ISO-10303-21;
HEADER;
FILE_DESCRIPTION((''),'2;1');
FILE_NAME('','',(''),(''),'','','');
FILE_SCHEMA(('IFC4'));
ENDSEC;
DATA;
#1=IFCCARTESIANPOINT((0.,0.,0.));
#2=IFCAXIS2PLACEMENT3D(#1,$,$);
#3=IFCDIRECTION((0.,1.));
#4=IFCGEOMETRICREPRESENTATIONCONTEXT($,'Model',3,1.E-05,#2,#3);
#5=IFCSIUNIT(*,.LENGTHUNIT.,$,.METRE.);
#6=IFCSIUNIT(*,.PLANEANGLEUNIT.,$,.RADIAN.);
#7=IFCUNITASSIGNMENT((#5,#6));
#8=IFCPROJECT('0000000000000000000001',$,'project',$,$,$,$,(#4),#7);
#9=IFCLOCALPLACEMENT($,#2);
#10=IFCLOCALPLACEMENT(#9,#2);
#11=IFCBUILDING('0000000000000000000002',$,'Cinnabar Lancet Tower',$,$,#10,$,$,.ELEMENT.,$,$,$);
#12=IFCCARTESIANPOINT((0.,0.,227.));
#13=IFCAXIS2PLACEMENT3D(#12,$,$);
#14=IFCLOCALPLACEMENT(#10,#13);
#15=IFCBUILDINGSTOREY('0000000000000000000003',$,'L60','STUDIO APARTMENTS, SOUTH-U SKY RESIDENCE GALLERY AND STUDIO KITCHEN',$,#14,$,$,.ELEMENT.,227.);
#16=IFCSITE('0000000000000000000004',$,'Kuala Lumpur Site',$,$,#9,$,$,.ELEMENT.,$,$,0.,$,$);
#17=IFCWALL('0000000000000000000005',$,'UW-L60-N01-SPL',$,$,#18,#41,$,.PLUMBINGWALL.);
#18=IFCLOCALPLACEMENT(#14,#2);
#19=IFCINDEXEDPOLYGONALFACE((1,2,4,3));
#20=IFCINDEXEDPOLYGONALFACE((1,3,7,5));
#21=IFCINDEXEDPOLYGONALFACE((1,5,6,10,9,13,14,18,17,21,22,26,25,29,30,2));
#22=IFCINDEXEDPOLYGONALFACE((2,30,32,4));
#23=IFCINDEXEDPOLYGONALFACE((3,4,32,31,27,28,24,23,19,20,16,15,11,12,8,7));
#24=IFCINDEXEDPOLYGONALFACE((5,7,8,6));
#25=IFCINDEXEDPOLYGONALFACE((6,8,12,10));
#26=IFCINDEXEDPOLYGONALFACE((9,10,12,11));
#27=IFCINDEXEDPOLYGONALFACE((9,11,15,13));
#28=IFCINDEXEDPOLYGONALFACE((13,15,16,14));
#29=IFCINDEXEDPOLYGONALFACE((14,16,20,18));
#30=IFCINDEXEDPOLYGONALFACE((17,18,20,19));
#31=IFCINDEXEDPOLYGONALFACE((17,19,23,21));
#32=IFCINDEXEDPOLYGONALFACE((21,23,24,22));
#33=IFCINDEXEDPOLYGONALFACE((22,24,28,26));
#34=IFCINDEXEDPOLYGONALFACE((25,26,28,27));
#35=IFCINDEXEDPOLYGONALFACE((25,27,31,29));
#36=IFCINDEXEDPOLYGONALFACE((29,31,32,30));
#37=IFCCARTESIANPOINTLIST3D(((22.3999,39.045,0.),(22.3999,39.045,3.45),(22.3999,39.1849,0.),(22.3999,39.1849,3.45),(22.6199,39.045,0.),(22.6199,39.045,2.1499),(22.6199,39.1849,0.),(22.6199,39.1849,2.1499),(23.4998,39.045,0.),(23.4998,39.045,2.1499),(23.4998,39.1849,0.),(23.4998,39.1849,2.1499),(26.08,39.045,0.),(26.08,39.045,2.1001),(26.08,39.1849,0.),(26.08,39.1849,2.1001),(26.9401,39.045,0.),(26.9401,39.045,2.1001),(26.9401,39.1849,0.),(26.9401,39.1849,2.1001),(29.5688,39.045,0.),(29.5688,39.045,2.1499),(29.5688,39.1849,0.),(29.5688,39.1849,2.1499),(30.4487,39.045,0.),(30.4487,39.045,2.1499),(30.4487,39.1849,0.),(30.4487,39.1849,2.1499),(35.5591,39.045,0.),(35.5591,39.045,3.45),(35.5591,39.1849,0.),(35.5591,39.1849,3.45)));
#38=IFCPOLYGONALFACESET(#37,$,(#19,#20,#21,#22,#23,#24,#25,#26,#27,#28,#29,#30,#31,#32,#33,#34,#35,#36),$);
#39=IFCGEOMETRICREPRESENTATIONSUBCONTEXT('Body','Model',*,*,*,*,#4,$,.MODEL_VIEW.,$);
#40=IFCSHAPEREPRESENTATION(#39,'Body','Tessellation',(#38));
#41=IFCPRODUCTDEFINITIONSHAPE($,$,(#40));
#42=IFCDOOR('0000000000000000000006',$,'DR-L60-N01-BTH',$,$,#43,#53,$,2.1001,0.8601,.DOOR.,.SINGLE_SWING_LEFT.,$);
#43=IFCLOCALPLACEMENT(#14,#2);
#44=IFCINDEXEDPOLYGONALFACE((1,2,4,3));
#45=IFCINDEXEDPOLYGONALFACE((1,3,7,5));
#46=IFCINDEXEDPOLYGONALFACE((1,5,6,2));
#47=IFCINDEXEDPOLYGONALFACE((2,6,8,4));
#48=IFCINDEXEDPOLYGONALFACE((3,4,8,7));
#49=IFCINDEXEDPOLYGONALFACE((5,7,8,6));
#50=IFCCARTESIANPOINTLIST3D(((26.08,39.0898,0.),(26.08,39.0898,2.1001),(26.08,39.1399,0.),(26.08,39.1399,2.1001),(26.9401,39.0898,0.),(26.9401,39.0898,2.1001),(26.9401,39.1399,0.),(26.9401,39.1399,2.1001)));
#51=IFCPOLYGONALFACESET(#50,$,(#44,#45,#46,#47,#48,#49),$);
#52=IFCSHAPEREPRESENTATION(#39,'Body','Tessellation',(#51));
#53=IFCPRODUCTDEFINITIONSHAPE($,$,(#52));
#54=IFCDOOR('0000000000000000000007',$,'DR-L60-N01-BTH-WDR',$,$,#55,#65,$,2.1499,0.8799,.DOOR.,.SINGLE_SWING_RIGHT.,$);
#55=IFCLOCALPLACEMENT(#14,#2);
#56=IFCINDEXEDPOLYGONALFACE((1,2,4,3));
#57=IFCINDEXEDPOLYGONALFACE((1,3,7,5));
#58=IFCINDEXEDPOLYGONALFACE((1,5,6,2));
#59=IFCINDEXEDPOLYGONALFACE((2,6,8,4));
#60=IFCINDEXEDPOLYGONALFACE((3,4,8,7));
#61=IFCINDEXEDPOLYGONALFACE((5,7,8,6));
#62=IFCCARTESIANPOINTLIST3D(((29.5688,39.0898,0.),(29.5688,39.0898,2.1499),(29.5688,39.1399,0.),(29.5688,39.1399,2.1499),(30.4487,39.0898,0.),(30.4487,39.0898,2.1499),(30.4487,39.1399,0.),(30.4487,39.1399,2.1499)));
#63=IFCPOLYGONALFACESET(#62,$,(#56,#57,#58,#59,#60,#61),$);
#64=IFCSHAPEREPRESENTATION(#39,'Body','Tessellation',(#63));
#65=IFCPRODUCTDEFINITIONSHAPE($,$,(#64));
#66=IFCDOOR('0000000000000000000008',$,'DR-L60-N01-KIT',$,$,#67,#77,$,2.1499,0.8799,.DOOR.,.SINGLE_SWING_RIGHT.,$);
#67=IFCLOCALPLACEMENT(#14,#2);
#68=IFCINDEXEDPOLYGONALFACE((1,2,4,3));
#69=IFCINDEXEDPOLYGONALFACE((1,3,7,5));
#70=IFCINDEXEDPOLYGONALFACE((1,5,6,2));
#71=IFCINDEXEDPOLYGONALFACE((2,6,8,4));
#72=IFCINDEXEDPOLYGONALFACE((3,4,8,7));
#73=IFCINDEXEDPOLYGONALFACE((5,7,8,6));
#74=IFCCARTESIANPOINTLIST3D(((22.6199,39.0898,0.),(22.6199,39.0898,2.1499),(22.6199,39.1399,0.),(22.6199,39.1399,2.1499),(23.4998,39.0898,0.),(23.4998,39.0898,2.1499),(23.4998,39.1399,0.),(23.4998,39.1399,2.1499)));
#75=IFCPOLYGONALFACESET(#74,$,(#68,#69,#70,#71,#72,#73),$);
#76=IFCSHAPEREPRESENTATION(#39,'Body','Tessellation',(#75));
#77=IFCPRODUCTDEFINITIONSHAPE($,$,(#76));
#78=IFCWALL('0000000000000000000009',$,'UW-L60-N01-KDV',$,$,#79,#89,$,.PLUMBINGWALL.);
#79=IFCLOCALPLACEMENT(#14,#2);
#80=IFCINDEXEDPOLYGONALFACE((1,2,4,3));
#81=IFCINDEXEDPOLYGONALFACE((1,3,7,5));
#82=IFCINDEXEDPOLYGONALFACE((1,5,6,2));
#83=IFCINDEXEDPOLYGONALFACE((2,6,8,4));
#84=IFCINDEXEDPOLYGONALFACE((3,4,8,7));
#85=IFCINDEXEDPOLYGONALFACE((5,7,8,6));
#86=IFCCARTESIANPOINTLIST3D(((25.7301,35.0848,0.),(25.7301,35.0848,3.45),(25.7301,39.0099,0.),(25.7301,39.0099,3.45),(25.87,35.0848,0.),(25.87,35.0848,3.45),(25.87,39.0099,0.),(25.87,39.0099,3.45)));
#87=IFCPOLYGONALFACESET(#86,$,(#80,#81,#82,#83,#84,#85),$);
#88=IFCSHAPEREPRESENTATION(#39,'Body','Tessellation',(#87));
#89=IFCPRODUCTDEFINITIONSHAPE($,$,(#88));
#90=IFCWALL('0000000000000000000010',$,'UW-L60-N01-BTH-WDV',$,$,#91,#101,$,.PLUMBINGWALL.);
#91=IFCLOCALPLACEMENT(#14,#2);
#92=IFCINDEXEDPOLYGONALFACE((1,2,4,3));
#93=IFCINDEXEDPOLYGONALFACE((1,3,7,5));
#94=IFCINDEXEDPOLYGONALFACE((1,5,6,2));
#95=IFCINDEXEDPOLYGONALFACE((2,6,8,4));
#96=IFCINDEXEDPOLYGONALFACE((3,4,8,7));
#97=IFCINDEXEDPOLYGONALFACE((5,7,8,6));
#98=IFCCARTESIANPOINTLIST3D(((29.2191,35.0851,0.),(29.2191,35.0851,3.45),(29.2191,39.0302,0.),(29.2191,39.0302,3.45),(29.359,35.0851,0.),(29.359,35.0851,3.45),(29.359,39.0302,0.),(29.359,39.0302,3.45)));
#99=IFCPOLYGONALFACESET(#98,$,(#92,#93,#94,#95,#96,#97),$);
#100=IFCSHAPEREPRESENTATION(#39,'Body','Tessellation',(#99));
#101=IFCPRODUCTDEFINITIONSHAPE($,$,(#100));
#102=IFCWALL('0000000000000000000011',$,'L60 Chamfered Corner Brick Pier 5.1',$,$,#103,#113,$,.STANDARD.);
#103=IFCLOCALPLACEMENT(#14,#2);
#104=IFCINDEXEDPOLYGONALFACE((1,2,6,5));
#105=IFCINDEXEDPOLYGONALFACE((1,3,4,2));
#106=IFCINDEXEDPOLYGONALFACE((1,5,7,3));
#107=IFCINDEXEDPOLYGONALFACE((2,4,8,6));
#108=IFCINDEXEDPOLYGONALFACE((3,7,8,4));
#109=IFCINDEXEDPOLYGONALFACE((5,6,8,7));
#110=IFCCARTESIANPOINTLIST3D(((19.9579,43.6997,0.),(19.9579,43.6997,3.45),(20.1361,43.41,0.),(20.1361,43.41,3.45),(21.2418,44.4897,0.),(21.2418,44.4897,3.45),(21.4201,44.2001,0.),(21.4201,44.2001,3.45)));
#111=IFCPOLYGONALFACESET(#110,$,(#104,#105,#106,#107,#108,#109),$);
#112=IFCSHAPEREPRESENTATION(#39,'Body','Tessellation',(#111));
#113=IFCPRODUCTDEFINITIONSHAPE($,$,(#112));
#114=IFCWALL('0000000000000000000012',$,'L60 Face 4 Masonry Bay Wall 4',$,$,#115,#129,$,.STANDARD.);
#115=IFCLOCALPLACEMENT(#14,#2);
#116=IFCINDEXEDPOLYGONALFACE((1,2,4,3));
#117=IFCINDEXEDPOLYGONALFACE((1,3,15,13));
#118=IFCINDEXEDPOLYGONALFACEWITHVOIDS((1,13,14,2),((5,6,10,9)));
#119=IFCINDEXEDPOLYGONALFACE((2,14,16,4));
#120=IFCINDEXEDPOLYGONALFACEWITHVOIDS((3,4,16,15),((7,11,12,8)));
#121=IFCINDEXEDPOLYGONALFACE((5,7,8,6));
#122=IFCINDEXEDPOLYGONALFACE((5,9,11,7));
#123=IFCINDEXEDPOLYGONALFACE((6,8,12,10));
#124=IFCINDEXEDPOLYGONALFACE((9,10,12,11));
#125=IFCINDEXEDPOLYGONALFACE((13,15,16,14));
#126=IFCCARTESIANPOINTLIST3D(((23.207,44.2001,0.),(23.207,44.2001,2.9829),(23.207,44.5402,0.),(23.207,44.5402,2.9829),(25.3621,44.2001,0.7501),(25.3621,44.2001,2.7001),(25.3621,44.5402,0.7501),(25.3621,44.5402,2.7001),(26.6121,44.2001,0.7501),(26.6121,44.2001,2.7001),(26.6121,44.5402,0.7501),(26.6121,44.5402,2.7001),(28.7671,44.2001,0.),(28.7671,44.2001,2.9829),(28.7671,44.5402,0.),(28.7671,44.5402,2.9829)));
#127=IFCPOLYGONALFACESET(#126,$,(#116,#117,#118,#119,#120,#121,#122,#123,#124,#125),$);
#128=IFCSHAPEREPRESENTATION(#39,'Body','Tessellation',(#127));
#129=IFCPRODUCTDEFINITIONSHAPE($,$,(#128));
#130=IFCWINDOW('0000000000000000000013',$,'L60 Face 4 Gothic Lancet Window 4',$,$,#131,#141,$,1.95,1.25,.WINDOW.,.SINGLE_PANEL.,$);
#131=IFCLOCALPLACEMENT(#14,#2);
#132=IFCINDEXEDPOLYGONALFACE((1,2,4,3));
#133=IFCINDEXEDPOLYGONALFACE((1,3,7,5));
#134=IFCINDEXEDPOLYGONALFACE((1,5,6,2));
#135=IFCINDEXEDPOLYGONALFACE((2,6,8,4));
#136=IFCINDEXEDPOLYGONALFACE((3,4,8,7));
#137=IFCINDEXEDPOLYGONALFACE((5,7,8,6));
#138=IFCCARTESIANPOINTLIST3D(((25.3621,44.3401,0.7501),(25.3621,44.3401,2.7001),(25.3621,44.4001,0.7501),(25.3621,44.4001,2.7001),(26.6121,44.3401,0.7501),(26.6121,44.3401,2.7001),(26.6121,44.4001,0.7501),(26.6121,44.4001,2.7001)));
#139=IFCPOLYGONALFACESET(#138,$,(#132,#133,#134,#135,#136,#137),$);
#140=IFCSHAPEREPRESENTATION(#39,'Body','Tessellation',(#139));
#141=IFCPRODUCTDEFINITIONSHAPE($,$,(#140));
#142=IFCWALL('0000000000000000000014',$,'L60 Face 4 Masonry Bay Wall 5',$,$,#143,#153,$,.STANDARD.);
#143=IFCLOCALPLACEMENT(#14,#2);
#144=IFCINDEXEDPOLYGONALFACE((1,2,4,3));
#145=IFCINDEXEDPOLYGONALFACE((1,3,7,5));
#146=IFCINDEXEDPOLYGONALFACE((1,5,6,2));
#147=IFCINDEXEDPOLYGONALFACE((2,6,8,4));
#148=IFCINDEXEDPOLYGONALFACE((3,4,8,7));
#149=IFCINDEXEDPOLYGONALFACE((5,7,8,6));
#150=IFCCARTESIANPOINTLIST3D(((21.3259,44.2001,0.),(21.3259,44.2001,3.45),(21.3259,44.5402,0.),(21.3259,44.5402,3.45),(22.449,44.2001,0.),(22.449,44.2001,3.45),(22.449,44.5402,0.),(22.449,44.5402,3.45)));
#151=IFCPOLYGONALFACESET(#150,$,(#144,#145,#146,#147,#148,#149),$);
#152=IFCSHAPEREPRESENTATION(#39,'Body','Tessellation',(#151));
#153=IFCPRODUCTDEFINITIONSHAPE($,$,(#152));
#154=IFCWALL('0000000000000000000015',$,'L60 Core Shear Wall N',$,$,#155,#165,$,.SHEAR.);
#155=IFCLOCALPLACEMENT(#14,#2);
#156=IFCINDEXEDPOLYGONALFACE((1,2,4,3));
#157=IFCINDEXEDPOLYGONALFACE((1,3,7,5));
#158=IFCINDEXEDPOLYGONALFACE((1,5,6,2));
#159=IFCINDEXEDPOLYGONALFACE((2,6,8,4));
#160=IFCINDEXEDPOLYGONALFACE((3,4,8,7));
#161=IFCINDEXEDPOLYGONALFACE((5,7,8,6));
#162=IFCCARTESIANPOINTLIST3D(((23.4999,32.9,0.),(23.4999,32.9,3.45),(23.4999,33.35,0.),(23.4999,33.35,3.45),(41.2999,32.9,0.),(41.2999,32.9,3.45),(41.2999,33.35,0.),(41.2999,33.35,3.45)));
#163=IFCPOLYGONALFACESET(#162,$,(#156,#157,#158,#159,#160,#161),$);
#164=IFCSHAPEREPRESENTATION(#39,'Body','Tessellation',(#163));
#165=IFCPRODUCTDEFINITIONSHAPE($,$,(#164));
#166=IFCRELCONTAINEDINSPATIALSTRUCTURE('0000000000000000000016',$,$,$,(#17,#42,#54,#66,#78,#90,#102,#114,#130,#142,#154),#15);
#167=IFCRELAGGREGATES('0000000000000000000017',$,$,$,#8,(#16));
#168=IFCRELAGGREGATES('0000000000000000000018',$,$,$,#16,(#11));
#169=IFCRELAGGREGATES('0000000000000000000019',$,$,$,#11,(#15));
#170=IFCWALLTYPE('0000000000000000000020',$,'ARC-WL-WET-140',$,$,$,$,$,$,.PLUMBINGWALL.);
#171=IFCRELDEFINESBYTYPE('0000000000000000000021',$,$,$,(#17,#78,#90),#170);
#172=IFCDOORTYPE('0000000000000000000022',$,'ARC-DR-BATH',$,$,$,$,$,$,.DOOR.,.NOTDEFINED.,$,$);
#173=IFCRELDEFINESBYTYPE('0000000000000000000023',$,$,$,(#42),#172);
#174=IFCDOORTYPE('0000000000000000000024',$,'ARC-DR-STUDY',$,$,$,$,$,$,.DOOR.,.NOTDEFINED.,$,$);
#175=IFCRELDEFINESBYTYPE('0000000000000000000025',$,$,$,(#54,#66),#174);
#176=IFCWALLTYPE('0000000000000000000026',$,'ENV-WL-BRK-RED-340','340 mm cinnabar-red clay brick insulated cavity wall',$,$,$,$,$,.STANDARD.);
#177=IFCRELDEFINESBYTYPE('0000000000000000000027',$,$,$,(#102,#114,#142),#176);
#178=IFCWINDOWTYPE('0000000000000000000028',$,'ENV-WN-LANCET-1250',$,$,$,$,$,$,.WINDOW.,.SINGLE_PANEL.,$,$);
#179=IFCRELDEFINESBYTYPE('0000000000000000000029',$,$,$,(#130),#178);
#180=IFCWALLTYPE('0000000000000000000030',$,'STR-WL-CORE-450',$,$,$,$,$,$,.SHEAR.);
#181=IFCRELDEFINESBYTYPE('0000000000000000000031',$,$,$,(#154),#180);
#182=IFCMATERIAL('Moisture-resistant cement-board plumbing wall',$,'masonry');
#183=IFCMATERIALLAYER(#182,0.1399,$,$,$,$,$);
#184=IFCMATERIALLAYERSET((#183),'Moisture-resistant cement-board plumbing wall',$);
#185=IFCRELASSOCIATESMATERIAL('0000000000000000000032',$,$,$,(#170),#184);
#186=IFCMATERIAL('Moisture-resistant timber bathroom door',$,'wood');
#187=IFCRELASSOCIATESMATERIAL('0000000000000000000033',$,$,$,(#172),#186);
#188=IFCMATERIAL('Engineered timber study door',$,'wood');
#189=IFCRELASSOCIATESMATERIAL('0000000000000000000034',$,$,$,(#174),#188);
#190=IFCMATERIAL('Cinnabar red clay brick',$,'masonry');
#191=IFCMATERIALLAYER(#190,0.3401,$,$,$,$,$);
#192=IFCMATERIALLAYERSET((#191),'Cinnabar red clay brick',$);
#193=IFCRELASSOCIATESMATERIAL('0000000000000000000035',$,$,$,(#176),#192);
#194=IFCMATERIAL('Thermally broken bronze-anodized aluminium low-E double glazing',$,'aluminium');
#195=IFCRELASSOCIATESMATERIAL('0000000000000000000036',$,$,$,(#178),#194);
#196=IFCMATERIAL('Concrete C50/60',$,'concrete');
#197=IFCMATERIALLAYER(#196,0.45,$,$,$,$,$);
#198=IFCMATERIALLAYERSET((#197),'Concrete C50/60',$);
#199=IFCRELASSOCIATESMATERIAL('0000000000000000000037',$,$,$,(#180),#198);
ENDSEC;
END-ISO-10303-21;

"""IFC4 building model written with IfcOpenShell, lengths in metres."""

from ifc_helpers import new_model, si_unit, direction, frame, frame_2d, origin, place, context, subcontext, project, spatial, rectangle, extrude, material, layer, layer_set, type_object, element, fill, save


model = new_model("IFC4")

# Units and contexts
model_context = context("Model", 3, precision=1e-05, world=origin(), true_north=direction((0.0, 1.0)))
body_context = subcontext(model_context, "Body", "Model", "MODEL_VIEW")
ifc_project = project(units=[si_unit("LENGTHUNIT", "METRE"), si_unit("PLANEANGLEUNIT", "RADIAN")], contexts=[model_context])

# Site, building, storey
site_placement = place(None, origin())
site = spatial("IfcSite", under=ifc_project, at=site_placement, Name="Kuala Lumpur Site", CompositionType="ELEMENT", RefElevation=0.0)
building_placement = place(site_placement, origin())
building = spatial("IfcBuilding", under=site, at=building_placement, Name="Cinnabar Lancet Tower", CompositionType="ELEMENT")
storey_placement = place(building_placement, frame((0.0, 0.0, 227.0)))
storey = spatial("IfcBuildingStorey", under=building, at=storey_placement, Name="L60", Description="STUDIO APARTMENTS, SOUTH-U SKY RESIDENCE GALLERY AND STUDIO KITCHEN", CompositionType="ELEMENT", Elevation=227.0)

# Wall, openings, doors
ifc_material_1 = material(Name="Moisture-resistant cement-board plumbing wall", Category="masonry")
ifc_layer_1 = layer(ifc_material_1, 0.1399)
ifc_layer_set_1 = layer_set([ifc_layer_1], Name="Moisture-resistant cement-board plumbing wall")
wall_type_1 = type_object("IfcWallType", Name="ARC-WL-WET-140", PredefinedType="PLUMBINGWALL", material=ifc_layer_set_1)
wall_1_placement = place(storey_placement, frame((22.3999, 39.115, 0.0), z_axis=(0.0, 0.0, 1.0), x_axis=(1.0, 0.0, 0.0)))
wall_1 = element("IfcWall", 1, at=wall_1_placement, inside=storey, type_object=wall_type_1, Name="UW-L60-N01-SPL", PredefinedType="PLUMBINGWALL", context=body_context, shape_type="SweptSolid", body=[
    extrude(rectangle(XDim=13.1592, YDim=0.1399, at=frame_2d((6.5796, 0.0))), origin(), (0.0, 0.0, 1.0), 3.45),
])
opening_1_placement = place(wall_1_placement, frame((3.6799, 0.0, 0.0)))
opening_1 = element("IfcOpeningElement", 2, at=opening_1_placement, cuts=wall_1, PredefinedType="OPENING", context=body_context, shape_type="SweptSolid", body=[
    extrude(rectangle(XDim=0.8601, YDim=2.1001, at=frame_2d((0.4302, 1.05))), frame((0.0, 0.0798, 0.0), z_axis=(0.0, -1.0, 0.0), x_axis=(1.0, 0.0, 0.0)), (0.0, 0.0, 1.0), 0.1599),
])
opening_2_placement = place(wall_1_placement, frame((7.1689, 0.0, 0.0)))
opening_2 = element("IfcOpeningElement", 3, at=opening_2_placement, cuts=wall_1, PredefinedType="OPENING", context=body_context, shape_type="SweptSolid", body=[
    extrude(rectangle(XDim=0.8799, YDim=2.1499, at=frame_2d((0.4399, 1.075))), frame((0.0, 0.0798, 0.0), z_axis=(0.0, -1.0, 0.0), x_axis=(1.0, 0.0, 0.0)), (0.0, 0.0, 1.0), 0.1599),
])
opening_3_placement = place(wall_1_placement, frame((0.22, 0.0, 0.0)))
opening_3 = element("IfcOpeningElement", 4, at=opening_3_placement, cuts=wall_1, PredefinedType="OPENING", context=body_context, shape_type="SweptSolid", body=[
    extrude(rectangle(XDim=0.8799, YDim=2.1499, at=frame_2d((0.4399, 1.075))), frame((0.0, 0.0798, 0.0), z_axis=(0.0, -1.0, 0.0), x_axis=(1.0, 0.0, 0.0)), (0.0, 0.0, 1.0), 0.1599),
])
ifc_material_2 = material(Name="Moisture-resistant timber bathroom door", Category="wood")
door_type_1 = type_object("IfcDoorType", Name="ARC-DR-BATH", OperationType="NOTDEFINED", PredefinedType="DOOR", material=ifc_material_2)
door_1_placement = place(opening_1_placement, origin())
door_1 = element("IfcDoor", 5, at=door_1_placement, inside=storey, type_object=door_type_1, Name="DR-L60-N01-BTH", OperationType="SINGLE_SWING_LEFT", OverallHeight=2.1001, OverallWidth=0.8601, PredefinedType="DOOR", context=body_context, shape_type="SweptSolid", body=[
    extrude(rectangle(XDim=0.8601, YDim=2.1001, at=frame_2d((0.4302, 1.05))), frame((0.0, 0.0249, 0.0), z_axis=(0.0, -1.0, 0.0), x_axis=(1.0, 0.0, 0.0)), (0.0, 0.0, 1.0), 0.05),
])
fill(opening_1, door_1)
ifc_material_3 = material(Name="Engineered timber study door", Category="wood")
door_type_2 = type_object("IfcDoorType", Name="ARC-DR-STUDY", OperationType="NOTDEFINED", PredefinedType="DOOR", material=ifc_material_3)
door_2_placement = place(opening_2_placement, origin())
door_2 = element("IfcDoor", 6, at=door_2_placement, inside=storey, type_object=door_type_2, Name="DR-L60-N01-BTH-WDR", OperationType="SINGLE_SWING_RIGHT", OverallHeight=2.1499, OverallWidth=0.8799, PredefinedType="DOOR", context=body_context, shape_type="SweptSolid", body=[
    extrude(rectangle(XDim=0.8799, YDim=2.1499, at=frame_2d((0.4399, 1.075))), frame((0.0, 0.0249, 0.0), z_axis=(0.0, -1.0, 0.0), x_axis=(1.0, 0.0, 0.0)), (0.0, 0.0, 1.0), 0.05),
])
fill(opening_2, door_2)
door_3_placement = place(opening_3_placement, origin())
door_3 = element("IfcDoor", 7, at=door_3_placement, inside=storey, type_object=door_type_2, Name="DR-L60-N01-KIT", OperationType="SINGLE_SWING_RIGHT", OverallHeight=2.1499, OverallWidth=0.8799, PredefinedType="DOOR", context=body_context, shape_type="SweptSolid", body=[
    extrude(rectangle(XDim=0.8799, YDim=2.1499, at=frame_2d((0.4399, 1.075))), frame((0.0, 0.0249, 0.0), z_axis=(0.0, -1.0, 0.0), x_axis=(1.0, 0.0, 0.0)), (0.0, 0.0, 1.0), 0.05),
])
fill(opening_3, door_3)

# Walls
wall_2_placement = place(storey_placement, frame((25.8, 35.085, 0.0), z_axis=(0.0, 0.0, 1.0), x_axis=(0.0, 1.0, 0.0)))
element("IfcWall", 8, at=wall_2_placement, inside=storey, type_object=wall_type_1, Name="UW-L60-N01-KDV", PredefinedType="PLUMBINGWALL", context=body_context, shape_type="SweptSolid", body=[
    extrude(rectangle(XDim=3.925, YDim=0.1399, at=frame_2d((1.9624, 0.0))), origin(), (0.0, 0.0, 1.0), 3.45),
])
wall_3_placement = place(storey_placement, frame((29.2891, 35.085, 0.0), z_axis=(0.0, 0.0, 1.0), x_axis=(0.0, 1.0, 0.0)))
element("IfcWall", 9, at=wall_3_placement, inside=storey, type_object=wall_type_1, Name="UW-L60-N01-BTH-WDV", PredefinedType="PLUMBINGWALL", context=body_context, shape_type="SweptSolid", body=[
    extrude(rectangle(XDim=3.9451, YDim=0.1399, at=frame_2d((1.9727, 0.0))), origin(), (0.0, 0.0, 1.0), 3.45),
])
ifc_material_4 = material(Name="Cinnabar red clay brick", Category="masonry")
ifc_layer_2 = layer(ifc_material_4, 0.3401)
ifc_layer_set_2 = layer_set([ifc_layer_2], Name="Cinnabar red clay brick")
wall_type_2 = type_object("IfcWallType", Name="ENV-WL-BRK-RED-340", Description="340 mm cinnabar-red clay brick insulated cavity wall", PredefinedType="STANDARD", material=ifc_layer_set_2)
wall_4_placement = place(storey_placement, frame((21.3311, 44.345, 0.0), z_axis=(0.0, 0.0, 1.0), x_axis=(-0.851681, -0.524061, 0.0)))
element("IfcWall", 10, at=wall_4_placement, inside=storey, type_object=wall_type_2, Name="L60 Chamfered Corner Brick Pier 5.1", PredefinedType="STANDARD", context=body_context, shape_type="SweptSolid", body=[
    extrude(rectangle(XDim=1.5076, YDim=0.3401, at=frame_2d((0.7539, 0.0))), origin(), (0.0, 0.0, 1.0), 3.45),
])

# Wall, opening, window
wall_5_placement = place(storey_placement, frame((28.7671, 44.3701, 0.0), z_axis=(0.0, 0.0, 1.0), x_axis=(-1.0, 0.0, 0.0)))
wall_5 = element("IfcWall", 11, at=wall_5_placement, inside=storey, type_object=wall_type_2, Name="L60 Face 4 Masonry Bay Wall 4", PredefinedType="STANDARD", context=body_context, shape_type="SweptSolid", body=[
    extrude(rectangle(XDim=5.5601, YDim=0.3401, at=frame_2d((2.78, 0.0))), origin(), (0.0, 0.0, 1.0), 2.9829),
])
opening_4_placement = place(wall_5_placement, frame((2.155, 0.0, 0.75)))
opening_4 = element("IfcOpeningElement", 12, at=opening_4_placement, cuts=wall_5, PredefinedType="OPENING", context=body_context, shape_type="SweptSolid", body=[
    extrude(rectangle(XDim=1.25, YDim=1.95, at=frame_2d((0.625, 0.9751))), frame((0.0, 0.1799, 0.0), z_axis=(0.0, -1.0, 0.0), x_axis=(1.0, 0.0, 0.0)), (0.0, 0.0, 1.0), 0.3601),
])
ifc_material_5 = material(Name="Thermally broken bronze-anodized aluminium low-E double glazing", Category="aluminium")
window_type = type_object("IfcWindowType", Name="ENV-WN-LANCET-1250", PartitioningType="SINGLE_PANEL", PredefinedType="WINDOW", material=ifc_material_5)
window_placement = place(opening_4_placement, origin())
window = element("IfcWindow", 13, at=window_placement, inside=storey, type_object=window_type, Name="L60 Face 4 Gothic Lancet Window 4", OverallHeight=1.95, OverallWidth=1.25, PartitioningType="SINGLE_PANEL", PredefinedType="WINDOW", context=body_context, shape_type="SweptSolid", body=[
    extrude(rectangle(XDim=1.25, YDim=1.95, at=frame_2d((0.625, 0.9751))), frame((0.0, 0.03, 0.0), z_axis=(0.0, -1.0, 0.0), x_axis=(1.0, 0.0, 0.0)), (0.0, 0.0, 1.0), 0.0601),
])
fill(opening_4, window)

# Walls
wall_6_placement = place(storey_placement, frame((22.449, 44.3701, 0.0), z_axis=(0.0, 0.0, 1.0), x_axis=(-1.0, 0.0, 0.0)))
element("IfcWall", 14, at=wall_6_placement, inside=storey, type_object=wall_type_2, Name="L60 Face 4 Masonry Bay Wall 5", PredefinedType="STANDARD", context=body_context, shape_type="SweptSolid", body=[
    extrude(rectangle(XDim=1.123, YDim=0.3401, at=frame_2d((0.5615, 0.0))), origin(), (0.0, 0.0, 1.0), 3.45),
])
ifc_material_6 = material(Name="Concrete C50/60", Category="concrete")
ifc_layer_3 = layer(ifc_material_6, 0.45)
ifc_layer_set_3 = layer_set([ifc_layer_3], Name="Concrete C50/60")
wall_type_3 = type_object("IfcWallType", Name="STR-WL-CORE-450", PredefinedType="SHEAR", material=ifc_layer_set_3)
wall_7_placement = place(storey_placement, frame((23.5, 33.125, 0.0), z_axis=(0.0, 0.0, 1.0), x_axis=(1.0, 0.0, 0.0)))
element("IfcWall", 15, at=wall_7_placement, inside=storey, type_object=wall_type_3, Name="L60 Core Shear Wall N", PredefinedType="SHEAR", context=body_context, shape_type="SweptSolid", body=[
    extrude(rectangle(XDim=17.8, YDim=0.45, at=frame_2d((8.8999, 0.0))), origin(), (0.0, 0.0, 1.0), 3.45),
])

save(model, "model.ifc")
